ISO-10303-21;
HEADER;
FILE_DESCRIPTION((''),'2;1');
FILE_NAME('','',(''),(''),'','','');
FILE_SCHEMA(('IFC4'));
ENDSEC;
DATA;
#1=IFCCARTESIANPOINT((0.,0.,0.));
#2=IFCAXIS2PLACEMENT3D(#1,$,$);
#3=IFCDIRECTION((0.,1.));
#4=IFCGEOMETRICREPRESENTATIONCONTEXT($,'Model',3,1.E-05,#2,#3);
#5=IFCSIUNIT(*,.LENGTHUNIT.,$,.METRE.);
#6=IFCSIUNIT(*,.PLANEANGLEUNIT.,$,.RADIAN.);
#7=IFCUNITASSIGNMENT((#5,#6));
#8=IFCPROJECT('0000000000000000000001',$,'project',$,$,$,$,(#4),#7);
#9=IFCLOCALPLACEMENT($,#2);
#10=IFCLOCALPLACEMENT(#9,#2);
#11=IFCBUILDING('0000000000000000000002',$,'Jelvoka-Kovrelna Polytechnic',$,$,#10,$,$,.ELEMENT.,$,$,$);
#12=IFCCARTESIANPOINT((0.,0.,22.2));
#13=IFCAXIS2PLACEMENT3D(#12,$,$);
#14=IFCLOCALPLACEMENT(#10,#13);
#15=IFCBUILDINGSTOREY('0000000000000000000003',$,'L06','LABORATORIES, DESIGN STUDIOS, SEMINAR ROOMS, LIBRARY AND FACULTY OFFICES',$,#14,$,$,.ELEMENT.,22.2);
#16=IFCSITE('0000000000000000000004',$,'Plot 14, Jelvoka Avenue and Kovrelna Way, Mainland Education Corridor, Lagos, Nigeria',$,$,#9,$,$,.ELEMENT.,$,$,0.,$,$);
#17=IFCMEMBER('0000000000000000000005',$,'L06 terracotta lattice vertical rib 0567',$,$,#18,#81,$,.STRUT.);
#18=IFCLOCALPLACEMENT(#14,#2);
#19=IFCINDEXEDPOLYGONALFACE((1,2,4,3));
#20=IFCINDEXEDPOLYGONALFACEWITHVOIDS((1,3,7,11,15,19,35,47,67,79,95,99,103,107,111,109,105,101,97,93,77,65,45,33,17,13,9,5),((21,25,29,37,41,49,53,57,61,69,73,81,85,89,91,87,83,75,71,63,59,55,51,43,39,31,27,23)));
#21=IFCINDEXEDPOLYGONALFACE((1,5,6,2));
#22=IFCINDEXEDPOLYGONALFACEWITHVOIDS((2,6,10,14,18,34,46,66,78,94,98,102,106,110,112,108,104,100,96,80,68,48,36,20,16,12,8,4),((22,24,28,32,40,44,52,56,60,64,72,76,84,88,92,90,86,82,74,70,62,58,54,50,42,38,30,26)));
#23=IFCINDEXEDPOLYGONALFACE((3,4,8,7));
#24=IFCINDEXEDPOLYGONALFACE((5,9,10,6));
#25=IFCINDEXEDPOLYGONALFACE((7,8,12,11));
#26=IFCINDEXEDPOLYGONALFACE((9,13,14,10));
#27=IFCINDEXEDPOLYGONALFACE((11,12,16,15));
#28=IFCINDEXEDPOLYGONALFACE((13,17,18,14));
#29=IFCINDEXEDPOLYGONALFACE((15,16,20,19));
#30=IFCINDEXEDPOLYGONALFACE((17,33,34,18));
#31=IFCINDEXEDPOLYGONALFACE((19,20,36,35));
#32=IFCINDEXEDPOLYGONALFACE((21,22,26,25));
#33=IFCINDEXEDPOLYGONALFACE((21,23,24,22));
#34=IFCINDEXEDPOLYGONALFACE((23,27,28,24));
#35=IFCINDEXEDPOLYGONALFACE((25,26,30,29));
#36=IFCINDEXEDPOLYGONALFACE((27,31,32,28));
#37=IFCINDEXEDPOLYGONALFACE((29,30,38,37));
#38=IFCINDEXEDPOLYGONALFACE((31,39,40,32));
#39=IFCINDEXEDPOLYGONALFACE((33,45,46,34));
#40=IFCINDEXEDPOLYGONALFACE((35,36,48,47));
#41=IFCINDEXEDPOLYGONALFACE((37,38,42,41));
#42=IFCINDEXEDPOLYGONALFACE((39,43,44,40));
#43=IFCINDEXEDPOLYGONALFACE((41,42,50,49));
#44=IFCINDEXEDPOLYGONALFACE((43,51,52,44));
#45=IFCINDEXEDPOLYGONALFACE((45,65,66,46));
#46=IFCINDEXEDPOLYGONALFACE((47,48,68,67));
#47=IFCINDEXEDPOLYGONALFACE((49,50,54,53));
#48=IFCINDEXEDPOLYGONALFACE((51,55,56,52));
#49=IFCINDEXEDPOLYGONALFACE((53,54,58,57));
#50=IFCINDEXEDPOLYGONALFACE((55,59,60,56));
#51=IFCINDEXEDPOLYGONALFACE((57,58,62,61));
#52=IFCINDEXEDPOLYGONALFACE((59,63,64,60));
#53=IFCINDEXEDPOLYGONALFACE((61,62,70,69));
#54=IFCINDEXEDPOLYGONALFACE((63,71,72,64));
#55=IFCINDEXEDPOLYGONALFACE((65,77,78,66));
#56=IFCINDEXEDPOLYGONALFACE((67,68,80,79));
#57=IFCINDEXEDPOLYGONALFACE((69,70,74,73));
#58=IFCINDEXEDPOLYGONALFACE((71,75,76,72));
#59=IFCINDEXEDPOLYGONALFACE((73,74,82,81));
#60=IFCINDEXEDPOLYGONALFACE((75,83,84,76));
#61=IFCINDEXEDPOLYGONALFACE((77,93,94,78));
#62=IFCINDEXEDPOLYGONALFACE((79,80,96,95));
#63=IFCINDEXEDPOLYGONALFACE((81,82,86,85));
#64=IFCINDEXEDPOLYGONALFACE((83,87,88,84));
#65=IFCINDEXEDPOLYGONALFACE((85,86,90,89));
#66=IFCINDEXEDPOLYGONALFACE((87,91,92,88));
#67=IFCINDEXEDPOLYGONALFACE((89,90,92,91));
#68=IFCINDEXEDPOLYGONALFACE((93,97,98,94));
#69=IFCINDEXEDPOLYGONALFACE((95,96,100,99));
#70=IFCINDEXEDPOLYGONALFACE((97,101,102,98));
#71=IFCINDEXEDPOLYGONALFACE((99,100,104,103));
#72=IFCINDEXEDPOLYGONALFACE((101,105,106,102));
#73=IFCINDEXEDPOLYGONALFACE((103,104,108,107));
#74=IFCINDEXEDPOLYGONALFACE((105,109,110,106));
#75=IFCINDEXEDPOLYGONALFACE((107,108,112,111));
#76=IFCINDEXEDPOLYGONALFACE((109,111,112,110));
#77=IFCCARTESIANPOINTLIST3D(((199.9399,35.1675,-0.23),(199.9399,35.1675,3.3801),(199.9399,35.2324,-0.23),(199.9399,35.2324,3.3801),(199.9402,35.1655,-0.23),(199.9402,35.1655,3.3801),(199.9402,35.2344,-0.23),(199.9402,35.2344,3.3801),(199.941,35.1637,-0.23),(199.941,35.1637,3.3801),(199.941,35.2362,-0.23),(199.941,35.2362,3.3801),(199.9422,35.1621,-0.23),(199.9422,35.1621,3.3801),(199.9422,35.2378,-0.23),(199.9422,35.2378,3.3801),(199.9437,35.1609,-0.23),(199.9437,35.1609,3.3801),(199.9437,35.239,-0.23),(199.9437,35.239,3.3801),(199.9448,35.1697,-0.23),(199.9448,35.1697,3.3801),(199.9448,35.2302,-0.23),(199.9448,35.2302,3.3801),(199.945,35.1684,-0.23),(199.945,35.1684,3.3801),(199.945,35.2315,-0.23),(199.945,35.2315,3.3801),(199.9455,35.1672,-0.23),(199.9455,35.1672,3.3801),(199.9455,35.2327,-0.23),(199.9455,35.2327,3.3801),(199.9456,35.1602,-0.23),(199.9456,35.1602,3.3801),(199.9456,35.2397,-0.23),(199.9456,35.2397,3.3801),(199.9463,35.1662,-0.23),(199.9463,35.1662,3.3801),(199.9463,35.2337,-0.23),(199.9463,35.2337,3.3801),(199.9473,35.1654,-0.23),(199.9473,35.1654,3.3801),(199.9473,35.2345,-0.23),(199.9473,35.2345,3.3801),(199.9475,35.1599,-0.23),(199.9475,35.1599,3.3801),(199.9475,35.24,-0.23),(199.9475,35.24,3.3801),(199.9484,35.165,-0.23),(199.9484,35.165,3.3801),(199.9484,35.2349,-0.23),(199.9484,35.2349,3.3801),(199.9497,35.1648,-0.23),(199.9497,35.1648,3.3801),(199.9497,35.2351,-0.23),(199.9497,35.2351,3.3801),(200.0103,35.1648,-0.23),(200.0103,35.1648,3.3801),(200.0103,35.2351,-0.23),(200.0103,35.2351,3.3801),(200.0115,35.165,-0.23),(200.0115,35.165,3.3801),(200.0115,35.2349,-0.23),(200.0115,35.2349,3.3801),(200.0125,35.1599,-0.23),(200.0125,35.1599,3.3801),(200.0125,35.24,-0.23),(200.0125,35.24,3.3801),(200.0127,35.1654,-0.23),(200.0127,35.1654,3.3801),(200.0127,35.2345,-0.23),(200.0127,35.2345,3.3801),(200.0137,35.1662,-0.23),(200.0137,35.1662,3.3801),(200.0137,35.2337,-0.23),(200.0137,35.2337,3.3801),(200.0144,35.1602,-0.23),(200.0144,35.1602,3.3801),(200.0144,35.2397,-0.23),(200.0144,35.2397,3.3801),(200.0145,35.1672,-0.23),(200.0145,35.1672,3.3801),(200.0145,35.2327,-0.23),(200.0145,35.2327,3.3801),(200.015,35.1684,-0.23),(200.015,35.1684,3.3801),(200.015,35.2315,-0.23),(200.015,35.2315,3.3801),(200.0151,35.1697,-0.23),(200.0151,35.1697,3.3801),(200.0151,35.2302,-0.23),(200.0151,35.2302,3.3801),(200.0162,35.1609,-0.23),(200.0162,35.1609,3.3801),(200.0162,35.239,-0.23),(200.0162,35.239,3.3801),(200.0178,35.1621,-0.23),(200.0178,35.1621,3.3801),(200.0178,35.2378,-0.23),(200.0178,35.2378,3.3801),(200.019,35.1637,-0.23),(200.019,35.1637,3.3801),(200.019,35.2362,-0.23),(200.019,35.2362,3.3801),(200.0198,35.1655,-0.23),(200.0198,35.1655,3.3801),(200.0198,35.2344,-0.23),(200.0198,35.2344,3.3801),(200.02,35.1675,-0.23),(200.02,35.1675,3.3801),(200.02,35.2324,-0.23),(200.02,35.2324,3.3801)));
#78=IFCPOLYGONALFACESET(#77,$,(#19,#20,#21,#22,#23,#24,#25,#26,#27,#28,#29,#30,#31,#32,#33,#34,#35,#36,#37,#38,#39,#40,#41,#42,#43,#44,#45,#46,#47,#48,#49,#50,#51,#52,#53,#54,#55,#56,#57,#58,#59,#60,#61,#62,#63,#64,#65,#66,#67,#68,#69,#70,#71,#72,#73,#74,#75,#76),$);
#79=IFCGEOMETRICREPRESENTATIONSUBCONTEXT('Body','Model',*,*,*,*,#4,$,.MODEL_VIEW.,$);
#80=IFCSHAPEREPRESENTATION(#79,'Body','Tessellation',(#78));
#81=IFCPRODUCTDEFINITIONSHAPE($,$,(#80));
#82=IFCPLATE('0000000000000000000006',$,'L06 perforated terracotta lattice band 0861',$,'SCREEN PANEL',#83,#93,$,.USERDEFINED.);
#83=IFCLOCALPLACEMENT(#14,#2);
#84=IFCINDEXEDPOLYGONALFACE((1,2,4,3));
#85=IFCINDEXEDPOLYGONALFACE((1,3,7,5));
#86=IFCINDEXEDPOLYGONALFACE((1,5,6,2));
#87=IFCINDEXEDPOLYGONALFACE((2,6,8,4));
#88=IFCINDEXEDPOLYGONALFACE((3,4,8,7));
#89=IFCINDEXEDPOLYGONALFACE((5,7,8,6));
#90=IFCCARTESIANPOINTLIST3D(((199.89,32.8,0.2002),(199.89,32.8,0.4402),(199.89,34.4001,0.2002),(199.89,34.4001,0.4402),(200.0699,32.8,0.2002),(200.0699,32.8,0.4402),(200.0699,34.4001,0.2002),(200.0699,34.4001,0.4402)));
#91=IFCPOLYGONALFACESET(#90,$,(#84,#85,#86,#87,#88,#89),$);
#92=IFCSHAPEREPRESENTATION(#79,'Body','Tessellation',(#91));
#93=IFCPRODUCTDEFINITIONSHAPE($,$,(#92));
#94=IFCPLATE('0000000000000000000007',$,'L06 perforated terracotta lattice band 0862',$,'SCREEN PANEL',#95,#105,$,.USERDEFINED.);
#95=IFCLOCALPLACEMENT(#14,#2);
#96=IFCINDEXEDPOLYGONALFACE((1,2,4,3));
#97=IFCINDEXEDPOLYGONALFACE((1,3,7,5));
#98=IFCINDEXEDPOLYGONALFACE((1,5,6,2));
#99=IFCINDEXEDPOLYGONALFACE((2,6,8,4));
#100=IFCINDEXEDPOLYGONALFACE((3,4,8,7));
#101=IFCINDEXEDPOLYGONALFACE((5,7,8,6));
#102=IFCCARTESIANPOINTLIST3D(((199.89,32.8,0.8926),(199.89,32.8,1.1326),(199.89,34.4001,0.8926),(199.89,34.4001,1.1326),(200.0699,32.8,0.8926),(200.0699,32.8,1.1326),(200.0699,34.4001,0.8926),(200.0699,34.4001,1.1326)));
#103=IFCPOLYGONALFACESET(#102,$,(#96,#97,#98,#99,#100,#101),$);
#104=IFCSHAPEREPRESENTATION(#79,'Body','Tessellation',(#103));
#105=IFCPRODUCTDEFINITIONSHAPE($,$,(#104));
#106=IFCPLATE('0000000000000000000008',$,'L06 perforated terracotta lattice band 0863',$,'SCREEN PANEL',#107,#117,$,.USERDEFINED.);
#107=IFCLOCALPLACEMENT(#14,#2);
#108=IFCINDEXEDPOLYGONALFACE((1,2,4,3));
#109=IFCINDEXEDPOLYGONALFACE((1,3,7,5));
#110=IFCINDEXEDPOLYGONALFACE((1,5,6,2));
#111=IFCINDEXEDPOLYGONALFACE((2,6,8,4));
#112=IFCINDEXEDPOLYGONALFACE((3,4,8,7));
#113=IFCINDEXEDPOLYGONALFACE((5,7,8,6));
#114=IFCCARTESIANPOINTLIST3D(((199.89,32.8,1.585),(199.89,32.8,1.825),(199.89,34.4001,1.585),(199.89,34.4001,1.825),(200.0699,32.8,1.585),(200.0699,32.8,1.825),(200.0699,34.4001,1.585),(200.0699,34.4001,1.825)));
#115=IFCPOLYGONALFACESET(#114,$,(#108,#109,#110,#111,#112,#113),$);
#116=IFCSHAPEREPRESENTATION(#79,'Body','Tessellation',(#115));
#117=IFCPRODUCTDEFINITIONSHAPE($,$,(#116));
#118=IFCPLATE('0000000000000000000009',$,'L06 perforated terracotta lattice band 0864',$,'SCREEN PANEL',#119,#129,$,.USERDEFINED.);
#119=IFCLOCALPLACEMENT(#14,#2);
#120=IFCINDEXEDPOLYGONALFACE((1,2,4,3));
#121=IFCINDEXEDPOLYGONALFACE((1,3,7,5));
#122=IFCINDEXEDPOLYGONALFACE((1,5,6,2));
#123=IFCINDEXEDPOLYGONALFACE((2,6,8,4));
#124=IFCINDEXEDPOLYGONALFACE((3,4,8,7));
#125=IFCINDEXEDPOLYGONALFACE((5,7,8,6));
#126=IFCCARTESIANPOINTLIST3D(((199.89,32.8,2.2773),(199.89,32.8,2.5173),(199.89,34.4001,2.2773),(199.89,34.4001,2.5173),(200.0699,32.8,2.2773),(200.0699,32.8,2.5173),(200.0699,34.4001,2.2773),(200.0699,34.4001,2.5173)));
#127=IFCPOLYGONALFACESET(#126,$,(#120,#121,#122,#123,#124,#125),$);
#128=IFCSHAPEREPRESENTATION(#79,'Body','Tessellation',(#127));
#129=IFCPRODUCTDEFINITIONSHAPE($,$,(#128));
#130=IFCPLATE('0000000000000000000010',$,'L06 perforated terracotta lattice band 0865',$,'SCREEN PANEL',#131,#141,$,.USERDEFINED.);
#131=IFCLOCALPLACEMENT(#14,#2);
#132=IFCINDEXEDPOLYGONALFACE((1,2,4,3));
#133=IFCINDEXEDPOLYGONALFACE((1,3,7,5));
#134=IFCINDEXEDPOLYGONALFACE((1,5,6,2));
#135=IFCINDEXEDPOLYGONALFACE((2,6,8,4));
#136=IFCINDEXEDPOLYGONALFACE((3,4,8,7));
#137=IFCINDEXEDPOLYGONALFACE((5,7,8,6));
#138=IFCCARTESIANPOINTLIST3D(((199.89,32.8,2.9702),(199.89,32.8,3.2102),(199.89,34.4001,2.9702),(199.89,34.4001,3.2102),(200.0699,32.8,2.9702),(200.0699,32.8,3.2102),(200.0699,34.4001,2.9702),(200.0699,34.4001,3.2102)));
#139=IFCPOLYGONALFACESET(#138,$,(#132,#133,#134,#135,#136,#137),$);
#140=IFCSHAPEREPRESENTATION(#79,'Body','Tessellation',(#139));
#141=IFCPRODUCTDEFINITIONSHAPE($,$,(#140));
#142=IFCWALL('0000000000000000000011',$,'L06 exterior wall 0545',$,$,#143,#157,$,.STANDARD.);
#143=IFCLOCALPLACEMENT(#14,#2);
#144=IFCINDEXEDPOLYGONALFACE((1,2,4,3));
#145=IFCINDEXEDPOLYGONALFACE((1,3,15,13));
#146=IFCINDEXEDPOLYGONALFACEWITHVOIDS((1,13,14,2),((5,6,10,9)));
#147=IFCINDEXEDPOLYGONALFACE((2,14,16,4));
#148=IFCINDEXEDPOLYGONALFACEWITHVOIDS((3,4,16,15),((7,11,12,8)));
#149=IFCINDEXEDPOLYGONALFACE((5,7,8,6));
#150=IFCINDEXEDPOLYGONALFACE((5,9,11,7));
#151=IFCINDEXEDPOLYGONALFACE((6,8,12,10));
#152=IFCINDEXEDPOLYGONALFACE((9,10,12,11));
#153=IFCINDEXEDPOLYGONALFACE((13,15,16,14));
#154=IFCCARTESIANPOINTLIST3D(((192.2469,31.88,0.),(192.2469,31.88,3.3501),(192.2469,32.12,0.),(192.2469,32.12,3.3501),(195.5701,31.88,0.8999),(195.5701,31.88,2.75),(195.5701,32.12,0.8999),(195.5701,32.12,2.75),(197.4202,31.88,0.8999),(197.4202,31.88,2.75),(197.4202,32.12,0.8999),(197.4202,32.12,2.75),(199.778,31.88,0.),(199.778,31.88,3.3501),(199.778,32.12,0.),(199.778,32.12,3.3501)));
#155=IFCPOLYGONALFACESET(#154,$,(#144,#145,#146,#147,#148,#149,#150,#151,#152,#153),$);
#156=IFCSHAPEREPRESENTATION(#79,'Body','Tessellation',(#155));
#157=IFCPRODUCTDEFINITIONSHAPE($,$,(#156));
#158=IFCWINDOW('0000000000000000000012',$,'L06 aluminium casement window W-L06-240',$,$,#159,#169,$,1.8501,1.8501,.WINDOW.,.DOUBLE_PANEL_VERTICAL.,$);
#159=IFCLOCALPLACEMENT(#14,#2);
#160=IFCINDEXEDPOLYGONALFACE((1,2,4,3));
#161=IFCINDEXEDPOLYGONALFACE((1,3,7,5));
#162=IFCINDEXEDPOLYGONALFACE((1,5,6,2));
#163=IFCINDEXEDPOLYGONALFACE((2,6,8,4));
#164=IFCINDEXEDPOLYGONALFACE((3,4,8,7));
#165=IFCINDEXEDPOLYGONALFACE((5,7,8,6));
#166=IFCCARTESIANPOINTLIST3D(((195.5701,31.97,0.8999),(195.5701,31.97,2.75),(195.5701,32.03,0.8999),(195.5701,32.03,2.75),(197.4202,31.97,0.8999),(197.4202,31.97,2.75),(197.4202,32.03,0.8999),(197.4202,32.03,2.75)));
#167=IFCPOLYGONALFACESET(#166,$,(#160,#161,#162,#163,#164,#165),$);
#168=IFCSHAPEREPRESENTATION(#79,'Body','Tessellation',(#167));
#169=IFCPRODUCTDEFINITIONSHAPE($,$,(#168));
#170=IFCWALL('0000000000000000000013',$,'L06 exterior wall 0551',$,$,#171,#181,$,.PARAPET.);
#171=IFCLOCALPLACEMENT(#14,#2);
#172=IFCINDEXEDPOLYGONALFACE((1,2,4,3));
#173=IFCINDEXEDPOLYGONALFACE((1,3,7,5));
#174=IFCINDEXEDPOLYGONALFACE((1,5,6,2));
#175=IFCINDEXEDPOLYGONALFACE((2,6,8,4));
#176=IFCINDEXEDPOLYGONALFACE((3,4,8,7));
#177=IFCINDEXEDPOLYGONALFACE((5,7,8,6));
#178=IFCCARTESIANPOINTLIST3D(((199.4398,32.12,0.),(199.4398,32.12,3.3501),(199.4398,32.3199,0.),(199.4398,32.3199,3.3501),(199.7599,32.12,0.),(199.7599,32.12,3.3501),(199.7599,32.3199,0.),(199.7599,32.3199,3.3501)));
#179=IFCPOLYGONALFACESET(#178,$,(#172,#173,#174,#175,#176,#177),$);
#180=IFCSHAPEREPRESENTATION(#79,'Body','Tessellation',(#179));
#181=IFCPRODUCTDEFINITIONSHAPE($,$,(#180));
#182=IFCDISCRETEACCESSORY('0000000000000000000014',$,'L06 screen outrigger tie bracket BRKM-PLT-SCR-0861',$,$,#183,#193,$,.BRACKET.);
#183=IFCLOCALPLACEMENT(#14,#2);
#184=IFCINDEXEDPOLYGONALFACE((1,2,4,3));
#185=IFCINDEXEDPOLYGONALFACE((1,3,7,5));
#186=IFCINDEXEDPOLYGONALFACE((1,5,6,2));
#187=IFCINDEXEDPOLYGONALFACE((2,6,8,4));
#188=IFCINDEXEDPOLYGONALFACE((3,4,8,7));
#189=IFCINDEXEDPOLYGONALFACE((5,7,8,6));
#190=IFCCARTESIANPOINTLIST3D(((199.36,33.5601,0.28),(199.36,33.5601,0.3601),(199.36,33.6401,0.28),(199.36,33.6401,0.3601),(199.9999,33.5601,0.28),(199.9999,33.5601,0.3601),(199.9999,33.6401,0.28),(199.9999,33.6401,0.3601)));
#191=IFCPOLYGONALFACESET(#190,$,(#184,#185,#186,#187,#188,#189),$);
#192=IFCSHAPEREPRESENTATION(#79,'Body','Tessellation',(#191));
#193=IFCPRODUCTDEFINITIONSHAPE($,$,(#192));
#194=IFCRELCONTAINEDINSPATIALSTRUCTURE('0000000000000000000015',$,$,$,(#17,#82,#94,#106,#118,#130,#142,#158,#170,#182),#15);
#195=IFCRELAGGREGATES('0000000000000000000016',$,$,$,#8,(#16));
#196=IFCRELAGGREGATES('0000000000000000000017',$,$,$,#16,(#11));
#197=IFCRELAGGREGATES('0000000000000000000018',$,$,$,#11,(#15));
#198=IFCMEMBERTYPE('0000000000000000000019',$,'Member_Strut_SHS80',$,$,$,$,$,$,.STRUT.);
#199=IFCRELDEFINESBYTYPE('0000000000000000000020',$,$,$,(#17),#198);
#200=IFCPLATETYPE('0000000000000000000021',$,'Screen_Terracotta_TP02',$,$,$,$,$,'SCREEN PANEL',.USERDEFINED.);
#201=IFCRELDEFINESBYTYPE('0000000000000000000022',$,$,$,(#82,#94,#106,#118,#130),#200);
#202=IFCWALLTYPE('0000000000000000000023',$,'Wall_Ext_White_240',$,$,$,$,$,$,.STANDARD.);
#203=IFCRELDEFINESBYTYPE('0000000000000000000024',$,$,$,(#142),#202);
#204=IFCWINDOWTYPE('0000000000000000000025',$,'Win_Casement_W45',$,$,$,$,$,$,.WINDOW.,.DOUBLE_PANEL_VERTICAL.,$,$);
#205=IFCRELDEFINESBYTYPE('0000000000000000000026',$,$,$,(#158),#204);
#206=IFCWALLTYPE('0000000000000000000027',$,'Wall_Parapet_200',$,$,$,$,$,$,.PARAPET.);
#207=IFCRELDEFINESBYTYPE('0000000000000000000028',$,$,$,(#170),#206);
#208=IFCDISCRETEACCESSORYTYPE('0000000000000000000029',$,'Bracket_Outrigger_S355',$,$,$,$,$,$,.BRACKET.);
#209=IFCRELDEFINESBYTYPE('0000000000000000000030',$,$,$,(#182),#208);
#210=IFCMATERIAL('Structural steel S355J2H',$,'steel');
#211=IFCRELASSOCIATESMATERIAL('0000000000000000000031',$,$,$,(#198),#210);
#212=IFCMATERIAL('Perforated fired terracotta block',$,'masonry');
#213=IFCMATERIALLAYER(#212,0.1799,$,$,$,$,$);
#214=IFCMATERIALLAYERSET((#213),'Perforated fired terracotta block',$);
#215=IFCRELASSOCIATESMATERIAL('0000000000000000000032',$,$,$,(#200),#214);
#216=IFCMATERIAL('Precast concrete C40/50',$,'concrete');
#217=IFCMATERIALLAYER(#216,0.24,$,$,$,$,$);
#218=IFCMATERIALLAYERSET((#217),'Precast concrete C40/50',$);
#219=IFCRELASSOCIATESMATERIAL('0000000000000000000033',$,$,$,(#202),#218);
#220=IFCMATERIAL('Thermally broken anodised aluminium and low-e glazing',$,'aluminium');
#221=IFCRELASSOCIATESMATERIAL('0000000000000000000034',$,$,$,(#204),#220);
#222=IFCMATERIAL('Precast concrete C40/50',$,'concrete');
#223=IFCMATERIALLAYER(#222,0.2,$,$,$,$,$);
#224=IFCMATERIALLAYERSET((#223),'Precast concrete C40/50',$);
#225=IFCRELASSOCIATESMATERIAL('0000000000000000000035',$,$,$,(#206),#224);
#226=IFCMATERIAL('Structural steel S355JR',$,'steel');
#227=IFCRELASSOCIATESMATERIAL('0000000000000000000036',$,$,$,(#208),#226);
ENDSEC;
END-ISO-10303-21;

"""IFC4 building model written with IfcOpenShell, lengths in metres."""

from ifc_helpers import new_model, si_unit, direction, frame, frame_2d, origin, origin_2d, place, context, subcontext, project, spatial, rectangle, hollow_rectangle, extrude, material, layer, layer_set, material_profile, profile_set, type_object, element, fill, save


model = new_model("IFC4")

# Units and contexts
model_context = context("Model", 3, precision=1e-05, world=origin(), true_north=direction((0.0, 1.0)))
body_context = subcontext(model_context, "Body", "Model", "MODEL_VIEW")
ifc_project = project(units=[si_unit("LENGTHUNIT", "METRE"), si_unit("PLANEANGLEUNIT", "RADIAN")], contexts=[model_context])

# Site, building, storey
site_placement = place(None, origin())
site = spatial("IfcSite", under=ifc_project, at=site_placement, Name="Plot 14, Jelvoka Avenue and Kovrelna Way, Mainland Education Corridor, Lagos, Nigeria", CompositionType="ELEMENT", RefElevation=0.0)
building_placement = place(site_placement, origin())
building = spatial("IfcBuilding", under=site, at=building_placement, Name="Jelvoka-Kovrelna Polytechnic", CompositionType="ELEMENT")
storey_placement = place(building_placement, frame((0.0, 0.0, 22.2)))
storey = spatial("IfcBuildingStorey", under=building, at=storey_placement, Name="L06", Description="LABORATORIES, DESIGN STUDIOS, SEMINAR ROOMS, LIBRARY AND FACULTY OFFICES", CompositionType="ELEMENT", Elevation=22.2)

# Member
ifc_material_1 = material(Name="Structural steel S355J2H", Category="steel")
ifc_material_profile_1 = material_profile(ifc_material_1, hollow_rectangle(XDim=0.0801, YDim=0.0801, WallThickness=0.0049, InnerFilletRadius=0.0049, OuterFilletRadius=0.0076, at=origin_2d()), Name="80x80x5.0 SHS")
ifc_profile_set_1 = profile_set([ifc_material_profile_1], Name="Structural steel S355J2H")
member_type_1 = type_object("IfcMemberType", Name="Member_Strut_SHS80", PredefinedType="STRUT", material=ifc_profile_set_1)
for number, where, z_axis, x_axis, name in (
    (1, (199.98, 35.2, -0.23), (0.0, 0.0, 1.0), (1.0, 0.0, 0.0), "L06 terracotta lattice vertical rib 0567"),
):
    element("IfcMember", number, at=place(storey_placement, frame(where, z_axis=z_axis, x_axis=x_axis)), inside=storey, type_object=member_type_1, Name=name, PredefinedType="STRUT", context=body_context, shape_type="SweptSolid", body=[
        extrude(hollow_rectangle(XDim=0.0801, YDim=0.0801, WallThickness=0.0049, InnerFilletRadius=0.0049, OuterFilletRadius=0.0076, at=origin_2d()), origin(), (0.0, 0.0, 1.0), 3.6101),
    ])

# Plates
ifc_material_2 = material(Name="Perforated fired terracotta block", Category="masonry")
ifc_layer_1 = layer(ifc_material_2, 0.1799)
ifc_layer_set_1 = layer_set([ifc_layer_1], Name="Perforated fired terracotta block")
plate_type = type_object("IfcPlateType", Name="Screen_Terracotta_TP02", ElementType="SCREEN PANEL", PredefinedType="USERDEFINED", material=ifc_layer_set_1)
for number, where, z_axis, x_axis, name in (
    (2, (199.98, 33.6001, 0.2002), (0.0, 0.0, 1.0), (0.0, 1.0, 0.0), "L06 perforated terracotta lattice band 0861"),
    (3, (199.98, 33.6001, 0.8926), (0.0, 0.0, 1.0), (0.0, 1.0, 0.0), "L06 perforated terracotta lattice band 0862"),
    (4, (199.98, 33.6001, 1.585), (0.0, 0.0, 1.0), (0.0, 1.0, 0.0), "L06 perforated terracotta lattice band 0863"),
    (5, (199.98, 33.6001, 2.2773), (0.0, 0.0, 1.0), (0.0, 1.0, 0.0), "L06 perforated terracotta lattice band 0864"),
    (6, (199.98, 33.6001, 2.9702), (0.0, 0.0, 1.0), (0.0, 1.0, 0.0), "L06 perforated terracotta lattice band 0865"),
):
    element("IfcPlate", number, at=place(storey_placement, frame(where, z_axis=z_axis, x_axis=x_axis)), inside=storey, type_object=plate_type, Name=name, ObjectType="SCREEN PANEL", PredefinedType="USERDEFINED", context=body_context, shape_type="SweptSolid", body=[
        extrude(rectangle(XDim=1.6001, YDim=0.1799, at=origin_2d()), origin(), (0.0, 0.0, 1.0), 0.24),
    ])

# Wall, opening, window
ifc_material_3 = material(Name="Precast concrete C40/50", Category="concrete")
ifc_layer_2 = layer(ifc_material_3, 0.24)
ifc_layer_set_2 = layer_set([ifc_layer_2], Name="Precast concrete C40/50")
wall_type_1 = type_object("IfcWallType", Name="Wall_Ext_White_240", PredefinedType="STANDARD", material=ifc_layer_set_2)
wall_1_placement = place(storey_placement, frame((199.7781, 32.0, 0.0), z_axis=(0.0, 0.0, 1.0), x_axis=(-1.0, 0.0, 0.0)))
wall_1 = element("IfcWall", 7, at=wall_1_placement, inside=storey, type_object=wall_type_1, Name="L06 exterior wall 0545", PredefinedType="STANDARD", context=body_context, shape_type="SweptSolid", body=[
    extrude(rectangle(XDim=7.531, YDim=0.24, at=frame_2d((3.7656, 0.0))), origin(), (0.0, 0.0, 1.0), 3.3501),
])
opening_placement = place(wall_1_placement, frame((2.3579, 0.0, 0.8999)))
opening = element("IfcOpeningElement", 8, at=opening_placement, cuts=wall_1, PredefinedType="OPENING", context=body_context, shape_type="SweptSolid", body=[
    extrude(rectangle(XDim=1.8501, YDim=1.8501, at=frame_2d((0.925, 0.925))), frame((0.0, 0.1301, 0.0), z_axis=(0.0, -1.0, 0.0), x_axis=(1.0, 0.0, 0.0)), (0.0, 0.0, 1.0), 0.26),
])
ifc_material_4 = material(Name="Thermally broken anodised aluminium and low-e glazing", Category="aluminium")
window_type = type_object("IfcWindowType", Name="Win_Casement_W45", PartitioningType="DOUBLE_PANEL_VERTICAL", PredefinedType="WINDOW", material=ifc_material_4)
window_placement = place(opening_placement, origin())
window = element("IfcWindow", 9, at=window_placement, inside=storey, type_object=window_type, Name="L06 aluminium casement window W-L06-240", OverallHeight=1.8501, OverallWidth=1.8501, PartitioningType="DOUBLE_PANEL_VERTICAL", PredefinedType="WINDOW", context=body_context, shape_type="SweptSolid", body=[
    extrude(rectangle(XDim=1.8501, YDim=1.8501, at=frame_2d((0.925, 0.925))), frame((0.0, 0.03, 0.0), z_axis=(0.0, -1.0, 0.0), x_axis=(1.0, 0.0, 0.0)), (0.0, 0.0, 1.0), 0.0601),
])
fill(opening, window)

# Wall
ifc_material_5 = material(Name="Precast concrete C40/50", Category="concrete")
ifc_layer_3 = layer(ifc_material_5, 0.2)
ifc_layer_set_3 = layer_set([ifc_layer_3], Name="Precast concrete C40/50")
wall_type_2 = type_object("IfcWallType", Name="Wall_Parapet_200", PredefinedType="PARAPET", material=ifc_layer_set_3)
wall_2_placement = place(storey_placement, frame((199.76, 32.22, 0.0), z_axis=(0.0, 0.0, 1.0), x_axis=(-1.0, 0.0, 0.0)))
element("IfcWall", 10, at=wall_2_placement, inside=storey, type_object=wall_type_2, Name="L06 exterior wall 0551", PredefinedType="PARAPET", context=body_context, shape_type="SweptSolid", body=[
    extrude(rectangle(XDim=0.3201, YDim=0.2, at=frame_2d((0.1602, 0.0))), origin(), (0.0, 0.0, 1.0), 3.3501),
])

# Discrete accessory
ifc_material_6 = material(Name="Structural steel S355JR", Category="steel")
discrete_accessory_type = type_object("IfcDiscreteAccessoryType", Name="Bracket_Outrigger_S355", PredefinedType="BRACKET", material=ifc_material_6)
for number, where, z_axis, x_axis, name in (
    (11, (199.6799, 33.6001, 0.28), (0.0, 0.0, 1.0), (1.0, 0.0, 0.0), "L06 screen outrigger tie bracket BRKM-PLT-SCR-0861"),
):
    element("IfcDiscreteAccessory", number, at=place(storey_placement, frame(where, z_axis=z_axis, x_axis=x_axis)), inside=storey, type_object=discrete_accessory_type, Name=name, PredefinedType="BRACKET", context=body_context, shape_type="SweptSolid", body=[
        extrude(rectangle(XDim=0.6399, YDim=0.0801, at=origin_2d()), origin(), (0.0, 0.0, 1.0), 0.0801),
    ])

save(model, "model.ifc")
